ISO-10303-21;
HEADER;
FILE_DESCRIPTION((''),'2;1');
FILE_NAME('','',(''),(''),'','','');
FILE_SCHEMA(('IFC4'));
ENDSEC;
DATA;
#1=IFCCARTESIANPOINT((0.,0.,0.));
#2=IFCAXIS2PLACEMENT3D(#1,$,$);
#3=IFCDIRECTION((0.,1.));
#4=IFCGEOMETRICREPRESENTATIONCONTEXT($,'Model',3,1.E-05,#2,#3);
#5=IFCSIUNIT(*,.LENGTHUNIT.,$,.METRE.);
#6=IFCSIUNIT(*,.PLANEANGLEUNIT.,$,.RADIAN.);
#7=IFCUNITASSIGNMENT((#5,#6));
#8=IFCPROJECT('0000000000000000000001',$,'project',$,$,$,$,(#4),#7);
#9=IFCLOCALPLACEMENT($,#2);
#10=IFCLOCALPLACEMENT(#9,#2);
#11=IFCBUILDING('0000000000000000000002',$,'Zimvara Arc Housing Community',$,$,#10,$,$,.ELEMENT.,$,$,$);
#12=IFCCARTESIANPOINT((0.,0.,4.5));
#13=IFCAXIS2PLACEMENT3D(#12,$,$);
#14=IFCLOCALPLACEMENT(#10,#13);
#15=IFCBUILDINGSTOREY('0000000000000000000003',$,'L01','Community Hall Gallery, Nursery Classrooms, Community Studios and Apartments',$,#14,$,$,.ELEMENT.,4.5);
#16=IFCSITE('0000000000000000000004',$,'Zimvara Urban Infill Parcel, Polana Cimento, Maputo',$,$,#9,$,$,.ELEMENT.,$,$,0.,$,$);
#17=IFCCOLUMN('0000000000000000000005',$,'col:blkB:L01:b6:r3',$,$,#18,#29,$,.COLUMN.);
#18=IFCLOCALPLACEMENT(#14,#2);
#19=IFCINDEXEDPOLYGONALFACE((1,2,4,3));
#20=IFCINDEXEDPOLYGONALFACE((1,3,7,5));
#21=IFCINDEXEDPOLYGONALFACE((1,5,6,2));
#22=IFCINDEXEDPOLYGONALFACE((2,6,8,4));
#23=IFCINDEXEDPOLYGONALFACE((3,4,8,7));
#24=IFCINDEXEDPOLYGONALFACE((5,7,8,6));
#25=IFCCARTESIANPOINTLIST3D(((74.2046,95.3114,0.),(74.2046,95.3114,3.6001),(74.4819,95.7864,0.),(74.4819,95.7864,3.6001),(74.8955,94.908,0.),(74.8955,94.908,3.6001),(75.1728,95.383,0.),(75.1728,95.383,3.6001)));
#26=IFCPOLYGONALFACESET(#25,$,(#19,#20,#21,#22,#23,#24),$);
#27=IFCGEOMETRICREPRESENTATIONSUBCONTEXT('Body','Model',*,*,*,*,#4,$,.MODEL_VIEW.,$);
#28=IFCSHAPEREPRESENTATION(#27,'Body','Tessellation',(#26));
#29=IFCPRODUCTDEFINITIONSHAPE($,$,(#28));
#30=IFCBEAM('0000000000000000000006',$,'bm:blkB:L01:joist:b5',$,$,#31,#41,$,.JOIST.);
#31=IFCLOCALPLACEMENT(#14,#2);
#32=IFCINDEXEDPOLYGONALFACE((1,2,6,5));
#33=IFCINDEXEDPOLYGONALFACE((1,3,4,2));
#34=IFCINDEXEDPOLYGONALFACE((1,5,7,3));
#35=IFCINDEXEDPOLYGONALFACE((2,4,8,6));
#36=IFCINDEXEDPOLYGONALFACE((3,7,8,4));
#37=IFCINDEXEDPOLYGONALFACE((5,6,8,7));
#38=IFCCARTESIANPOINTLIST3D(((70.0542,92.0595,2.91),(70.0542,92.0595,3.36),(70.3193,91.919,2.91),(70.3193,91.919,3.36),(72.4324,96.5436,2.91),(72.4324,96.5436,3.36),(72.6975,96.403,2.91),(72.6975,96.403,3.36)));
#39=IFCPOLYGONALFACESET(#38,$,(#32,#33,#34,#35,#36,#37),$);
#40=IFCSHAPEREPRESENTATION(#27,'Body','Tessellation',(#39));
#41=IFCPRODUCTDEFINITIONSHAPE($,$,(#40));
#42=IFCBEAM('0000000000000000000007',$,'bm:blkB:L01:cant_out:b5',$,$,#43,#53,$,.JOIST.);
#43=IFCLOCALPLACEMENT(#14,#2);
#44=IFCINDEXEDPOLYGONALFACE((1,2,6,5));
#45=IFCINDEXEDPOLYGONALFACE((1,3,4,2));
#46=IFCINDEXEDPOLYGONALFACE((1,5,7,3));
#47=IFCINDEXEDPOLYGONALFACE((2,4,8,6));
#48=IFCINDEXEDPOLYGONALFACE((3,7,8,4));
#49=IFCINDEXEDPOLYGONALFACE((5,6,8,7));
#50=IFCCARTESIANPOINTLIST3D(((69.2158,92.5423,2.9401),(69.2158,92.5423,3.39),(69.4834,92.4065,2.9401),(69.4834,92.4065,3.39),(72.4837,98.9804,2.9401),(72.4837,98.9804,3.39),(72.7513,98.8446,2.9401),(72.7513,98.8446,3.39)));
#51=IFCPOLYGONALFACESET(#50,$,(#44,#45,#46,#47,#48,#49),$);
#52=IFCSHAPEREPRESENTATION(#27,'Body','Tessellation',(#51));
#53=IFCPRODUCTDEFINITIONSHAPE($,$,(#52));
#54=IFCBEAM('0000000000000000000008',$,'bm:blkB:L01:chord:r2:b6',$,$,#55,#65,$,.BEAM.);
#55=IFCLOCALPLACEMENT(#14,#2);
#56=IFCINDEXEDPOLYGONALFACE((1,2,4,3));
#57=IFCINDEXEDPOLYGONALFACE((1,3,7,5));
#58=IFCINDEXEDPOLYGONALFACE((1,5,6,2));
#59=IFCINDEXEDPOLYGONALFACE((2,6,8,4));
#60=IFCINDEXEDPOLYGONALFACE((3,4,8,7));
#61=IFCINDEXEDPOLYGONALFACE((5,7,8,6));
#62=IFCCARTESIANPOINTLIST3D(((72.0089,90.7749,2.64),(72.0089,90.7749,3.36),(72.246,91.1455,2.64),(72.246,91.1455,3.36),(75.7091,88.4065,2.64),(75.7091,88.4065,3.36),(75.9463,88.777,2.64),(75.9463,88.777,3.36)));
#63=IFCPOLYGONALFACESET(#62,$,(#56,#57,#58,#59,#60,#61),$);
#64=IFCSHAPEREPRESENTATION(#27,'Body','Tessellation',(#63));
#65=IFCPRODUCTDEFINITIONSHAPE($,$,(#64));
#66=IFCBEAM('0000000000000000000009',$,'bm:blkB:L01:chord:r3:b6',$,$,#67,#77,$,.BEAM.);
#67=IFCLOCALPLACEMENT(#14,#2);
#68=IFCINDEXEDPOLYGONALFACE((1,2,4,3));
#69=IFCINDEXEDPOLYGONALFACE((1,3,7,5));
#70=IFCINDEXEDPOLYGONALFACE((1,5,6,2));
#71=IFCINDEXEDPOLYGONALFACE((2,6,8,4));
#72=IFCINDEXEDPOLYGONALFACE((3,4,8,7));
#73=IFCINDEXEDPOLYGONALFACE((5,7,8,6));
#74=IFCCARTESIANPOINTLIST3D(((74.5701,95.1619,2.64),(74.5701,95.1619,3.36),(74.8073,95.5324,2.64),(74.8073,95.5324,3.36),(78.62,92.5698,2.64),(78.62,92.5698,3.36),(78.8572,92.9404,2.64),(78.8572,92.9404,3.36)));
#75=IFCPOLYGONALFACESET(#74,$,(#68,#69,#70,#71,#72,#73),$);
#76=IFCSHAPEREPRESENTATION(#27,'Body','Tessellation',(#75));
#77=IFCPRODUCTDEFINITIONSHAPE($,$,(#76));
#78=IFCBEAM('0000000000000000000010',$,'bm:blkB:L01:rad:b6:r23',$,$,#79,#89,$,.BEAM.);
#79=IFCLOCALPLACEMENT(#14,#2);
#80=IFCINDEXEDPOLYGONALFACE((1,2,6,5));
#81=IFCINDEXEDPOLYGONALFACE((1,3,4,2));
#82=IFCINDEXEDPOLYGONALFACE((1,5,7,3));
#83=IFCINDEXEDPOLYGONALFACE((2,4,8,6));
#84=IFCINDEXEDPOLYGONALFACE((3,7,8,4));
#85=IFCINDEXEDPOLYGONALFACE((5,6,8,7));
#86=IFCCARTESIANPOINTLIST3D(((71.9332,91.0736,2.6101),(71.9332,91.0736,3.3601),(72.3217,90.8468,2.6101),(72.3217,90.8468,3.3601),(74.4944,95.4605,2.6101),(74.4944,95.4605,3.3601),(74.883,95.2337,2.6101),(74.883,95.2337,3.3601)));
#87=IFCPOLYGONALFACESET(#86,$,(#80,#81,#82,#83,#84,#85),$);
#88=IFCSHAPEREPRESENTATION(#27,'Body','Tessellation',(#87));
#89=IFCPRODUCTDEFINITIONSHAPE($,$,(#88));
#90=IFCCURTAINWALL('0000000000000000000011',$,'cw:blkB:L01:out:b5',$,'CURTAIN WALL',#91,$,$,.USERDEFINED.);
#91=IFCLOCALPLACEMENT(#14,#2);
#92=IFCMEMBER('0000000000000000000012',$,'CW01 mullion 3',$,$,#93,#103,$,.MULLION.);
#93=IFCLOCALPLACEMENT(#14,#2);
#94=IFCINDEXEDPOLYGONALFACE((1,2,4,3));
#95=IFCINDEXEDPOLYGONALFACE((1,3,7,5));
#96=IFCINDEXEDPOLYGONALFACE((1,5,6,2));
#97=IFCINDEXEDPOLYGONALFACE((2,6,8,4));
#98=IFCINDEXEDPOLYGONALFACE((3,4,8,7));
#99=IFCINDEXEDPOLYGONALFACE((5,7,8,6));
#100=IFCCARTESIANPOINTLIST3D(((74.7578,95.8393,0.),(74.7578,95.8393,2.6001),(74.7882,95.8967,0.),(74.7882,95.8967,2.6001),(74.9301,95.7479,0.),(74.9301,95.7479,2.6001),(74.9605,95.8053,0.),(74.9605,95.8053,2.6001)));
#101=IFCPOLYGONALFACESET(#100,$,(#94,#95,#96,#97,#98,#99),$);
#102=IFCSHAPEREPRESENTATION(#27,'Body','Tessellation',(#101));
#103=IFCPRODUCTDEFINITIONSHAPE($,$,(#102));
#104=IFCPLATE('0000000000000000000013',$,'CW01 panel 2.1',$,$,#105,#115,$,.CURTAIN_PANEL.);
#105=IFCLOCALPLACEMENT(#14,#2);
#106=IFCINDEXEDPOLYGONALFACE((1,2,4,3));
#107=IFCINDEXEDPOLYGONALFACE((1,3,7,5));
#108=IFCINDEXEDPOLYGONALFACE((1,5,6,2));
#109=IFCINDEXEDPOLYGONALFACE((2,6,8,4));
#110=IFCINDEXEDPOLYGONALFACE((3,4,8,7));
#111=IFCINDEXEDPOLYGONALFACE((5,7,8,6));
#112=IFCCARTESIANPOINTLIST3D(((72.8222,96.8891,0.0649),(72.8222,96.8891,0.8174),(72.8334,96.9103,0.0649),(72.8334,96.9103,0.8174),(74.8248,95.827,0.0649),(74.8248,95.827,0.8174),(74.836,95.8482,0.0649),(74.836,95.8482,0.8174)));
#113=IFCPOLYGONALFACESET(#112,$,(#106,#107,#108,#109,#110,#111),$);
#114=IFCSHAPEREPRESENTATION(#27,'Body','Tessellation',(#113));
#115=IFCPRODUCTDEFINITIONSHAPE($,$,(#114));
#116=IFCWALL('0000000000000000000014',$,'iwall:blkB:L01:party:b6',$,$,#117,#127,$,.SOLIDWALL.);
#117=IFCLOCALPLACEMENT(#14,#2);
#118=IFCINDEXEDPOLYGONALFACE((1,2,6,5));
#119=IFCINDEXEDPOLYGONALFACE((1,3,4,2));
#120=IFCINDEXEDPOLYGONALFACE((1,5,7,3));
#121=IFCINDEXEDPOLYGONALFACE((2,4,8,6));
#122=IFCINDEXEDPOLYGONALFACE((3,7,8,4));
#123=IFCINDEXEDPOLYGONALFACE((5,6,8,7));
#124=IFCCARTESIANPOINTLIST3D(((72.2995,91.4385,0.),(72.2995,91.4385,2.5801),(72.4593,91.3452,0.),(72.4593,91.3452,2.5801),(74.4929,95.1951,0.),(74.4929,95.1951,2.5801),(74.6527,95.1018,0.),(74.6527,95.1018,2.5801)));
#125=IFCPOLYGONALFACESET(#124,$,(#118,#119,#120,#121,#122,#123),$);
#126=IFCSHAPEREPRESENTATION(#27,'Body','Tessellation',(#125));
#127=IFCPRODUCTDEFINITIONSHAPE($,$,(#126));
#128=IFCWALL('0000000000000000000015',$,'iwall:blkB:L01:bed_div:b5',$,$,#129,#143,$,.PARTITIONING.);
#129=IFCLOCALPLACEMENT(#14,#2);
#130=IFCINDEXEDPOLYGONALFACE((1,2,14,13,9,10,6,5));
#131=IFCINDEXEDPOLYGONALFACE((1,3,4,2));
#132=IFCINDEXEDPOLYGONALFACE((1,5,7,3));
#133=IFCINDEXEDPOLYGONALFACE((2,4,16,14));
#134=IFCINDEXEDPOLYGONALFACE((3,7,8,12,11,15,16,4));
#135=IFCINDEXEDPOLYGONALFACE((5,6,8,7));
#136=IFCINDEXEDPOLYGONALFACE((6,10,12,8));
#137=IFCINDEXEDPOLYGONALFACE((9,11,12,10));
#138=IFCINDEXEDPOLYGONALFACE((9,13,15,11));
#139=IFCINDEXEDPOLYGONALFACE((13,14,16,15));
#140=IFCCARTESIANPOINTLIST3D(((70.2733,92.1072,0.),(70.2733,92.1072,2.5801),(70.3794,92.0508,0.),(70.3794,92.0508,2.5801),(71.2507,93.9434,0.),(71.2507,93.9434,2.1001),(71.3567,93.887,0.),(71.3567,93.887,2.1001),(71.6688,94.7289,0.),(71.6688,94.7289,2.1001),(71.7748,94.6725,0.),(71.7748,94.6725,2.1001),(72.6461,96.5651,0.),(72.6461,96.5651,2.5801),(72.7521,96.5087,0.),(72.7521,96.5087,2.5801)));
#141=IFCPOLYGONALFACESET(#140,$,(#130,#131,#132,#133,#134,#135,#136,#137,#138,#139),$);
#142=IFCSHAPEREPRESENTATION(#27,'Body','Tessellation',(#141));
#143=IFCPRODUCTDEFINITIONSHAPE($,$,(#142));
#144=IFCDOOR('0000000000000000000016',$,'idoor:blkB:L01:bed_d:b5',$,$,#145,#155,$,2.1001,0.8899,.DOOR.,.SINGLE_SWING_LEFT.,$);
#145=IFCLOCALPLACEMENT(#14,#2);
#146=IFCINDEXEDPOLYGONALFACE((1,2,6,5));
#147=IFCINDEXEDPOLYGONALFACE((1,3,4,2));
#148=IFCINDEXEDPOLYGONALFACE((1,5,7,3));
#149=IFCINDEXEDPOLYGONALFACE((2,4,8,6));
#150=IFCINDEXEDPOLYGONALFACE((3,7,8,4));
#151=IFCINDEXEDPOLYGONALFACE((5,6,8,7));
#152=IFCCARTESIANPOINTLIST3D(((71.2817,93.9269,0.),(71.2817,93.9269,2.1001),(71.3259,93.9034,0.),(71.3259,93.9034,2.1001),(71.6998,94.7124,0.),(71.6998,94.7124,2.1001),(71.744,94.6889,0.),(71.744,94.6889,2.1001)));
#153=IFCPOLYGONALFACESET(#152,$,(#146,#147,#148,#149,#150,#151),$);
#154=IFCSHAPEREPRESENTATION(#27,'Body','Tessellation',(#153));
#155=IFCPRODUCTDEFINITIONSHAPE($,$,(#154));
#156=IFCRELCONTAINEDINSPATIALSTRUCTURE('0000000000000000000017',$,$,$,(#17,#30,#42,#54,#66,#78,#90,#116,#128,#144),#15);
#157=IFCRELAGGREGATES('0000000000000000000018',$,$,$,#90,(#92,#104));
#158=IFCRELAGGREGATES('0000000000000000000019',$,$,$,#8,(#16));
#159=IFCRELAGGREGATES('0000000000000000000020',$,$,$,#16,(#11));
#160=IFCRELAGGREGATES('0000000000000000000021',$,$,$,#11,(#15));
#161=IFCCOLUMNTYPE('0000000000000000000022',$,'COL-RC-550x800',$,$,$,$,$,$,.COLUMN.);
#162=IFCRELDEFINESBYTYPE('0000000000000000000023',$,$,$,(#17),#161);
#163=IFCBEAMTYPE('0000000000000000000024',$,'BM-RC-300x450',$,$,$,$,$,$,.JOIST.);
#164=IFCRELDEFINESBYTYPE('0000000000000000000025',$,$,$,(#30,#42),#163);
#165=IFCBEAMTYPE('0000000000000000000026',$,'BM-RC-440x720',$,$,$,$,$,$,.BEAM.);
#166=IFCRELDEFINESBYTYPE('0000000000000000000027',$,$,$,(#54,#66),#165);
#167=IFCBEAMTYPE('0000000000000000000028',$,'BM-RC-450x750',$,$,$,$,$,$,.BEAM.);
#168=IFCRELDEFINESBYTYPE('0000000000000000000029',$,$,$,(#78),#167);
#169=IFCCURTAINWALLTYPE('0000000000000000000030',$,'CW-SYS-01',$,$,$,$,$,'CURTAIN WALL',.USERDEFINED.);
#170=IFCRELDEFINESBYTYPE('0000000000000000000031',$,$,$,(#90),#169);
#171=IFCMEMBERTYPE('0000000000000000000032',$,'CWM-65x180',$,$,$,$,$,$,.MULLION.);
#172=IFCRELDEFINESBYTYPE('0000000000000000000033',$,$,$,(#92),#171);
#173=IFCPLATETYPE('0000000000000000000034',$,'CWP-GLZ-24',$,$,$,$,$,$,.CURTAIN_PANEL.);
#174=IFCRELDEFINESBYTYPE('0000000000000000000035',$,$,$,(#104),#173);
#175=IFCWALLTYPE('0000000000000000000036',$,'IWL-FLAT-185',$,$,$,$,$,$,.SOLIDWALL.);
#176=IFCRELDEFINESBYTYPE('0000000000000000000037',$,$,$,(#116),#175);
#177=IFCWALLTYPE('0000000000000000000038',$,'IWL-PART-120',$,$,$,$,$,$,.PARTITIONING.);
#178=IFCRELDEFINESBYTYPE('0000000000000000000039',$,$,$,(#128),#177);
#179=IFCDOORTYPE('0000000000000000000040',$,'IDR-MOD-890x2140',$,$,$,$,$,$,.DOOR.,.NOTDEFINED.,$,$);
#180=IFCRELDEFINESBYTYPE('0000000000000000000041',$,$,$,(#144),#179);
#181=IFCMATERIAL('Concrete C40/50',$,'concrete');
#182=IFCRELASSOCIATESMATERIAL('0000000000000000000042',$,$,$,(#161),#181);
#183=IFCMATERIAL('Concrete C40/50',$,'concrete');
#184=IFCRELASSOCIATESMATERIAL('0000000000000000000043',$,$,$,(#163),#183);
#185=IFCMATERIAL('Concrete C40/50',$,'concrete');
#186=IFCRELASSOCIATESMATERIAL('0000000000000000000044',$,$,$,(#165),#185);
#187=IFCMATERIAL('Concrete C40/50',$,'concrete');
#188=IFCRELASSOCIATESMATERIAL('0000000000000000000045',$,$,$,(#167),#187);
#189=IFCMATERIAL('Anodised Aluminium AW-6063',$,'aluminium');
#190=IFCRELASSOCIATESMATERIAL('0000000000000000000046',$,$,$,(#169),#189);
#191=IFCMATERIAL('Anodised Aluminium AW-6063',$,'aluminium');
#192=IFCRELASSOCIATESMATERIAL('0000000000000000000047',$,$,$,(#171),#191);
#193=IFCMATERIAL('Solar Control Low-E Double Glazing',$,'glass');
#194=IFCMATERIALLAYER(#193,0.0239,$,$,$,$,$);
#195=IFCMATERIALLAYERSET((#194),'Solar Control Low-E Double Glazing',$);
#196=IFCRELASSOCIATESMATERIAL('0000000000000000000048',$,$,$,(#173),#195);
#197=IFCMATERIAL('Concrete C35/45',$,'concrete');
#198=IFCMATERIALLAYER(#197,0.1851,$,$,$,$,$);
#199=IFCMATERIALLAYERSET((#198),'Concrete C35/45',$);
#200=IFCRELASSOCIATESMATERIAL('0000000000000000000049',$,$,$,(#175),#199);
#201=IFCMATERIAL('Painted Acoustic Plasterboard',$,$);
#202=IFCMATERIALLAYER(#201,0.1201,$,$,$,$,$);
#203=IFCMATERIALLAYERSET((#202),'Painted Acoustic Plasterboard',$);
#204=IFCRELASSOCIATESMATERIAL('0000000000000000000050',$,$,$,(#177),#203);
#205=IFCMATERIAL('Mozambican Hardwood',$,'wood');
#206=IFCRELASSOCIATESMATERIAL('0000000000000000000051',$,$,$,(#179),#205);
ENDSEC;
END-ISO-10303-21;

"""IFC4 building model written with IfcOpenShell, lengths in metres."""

from ifc_helpers import new_model, si_unit, direction, frame, frame_2d, origin, origin_2d, place, context, subcontext, project, spatial, rectangle, extrude, material, layer, layer_set, material_profile, profile_set, type_object, element, fill, aggregate, save


model = new_model("IFC4")

# Units and contexts
model_context = context("Model", 3, precision=1e-05, world=origin(), true_north=direction((0.0, 1.0)))
body_context = subcontext(model_context, "Body", "Model", "MODEL_VIEW")
ifc_project = project(units=[si_unit("LENGTHUNIT", "METRE"), si_unit("PLANEANGLEUNIT", "RADIAN")], contexts=[model_context])

# Site, building, storey
site_placement = place(None, origin())
site = spatial("IfcSite", under=ifc_project, at=site_placement, Name="Zimvara Urban Infill Parcel, Polana Cimento, Maputo", CompositionType="ELEMENT", RefElevation=0.0)
building_placement = place(site_placement, origin())
building = spatial("IfcBuilding", under=site, at=building_placement, Name="Zimvara Arc Housing Community", CompositionType="ELEMENT")
storey_placement = place(building_placement, frame((0.0, 0.0, 4.5)))
storey = spatial("IfcBuildingStorey", under=building, at=storey_placement, Name="L01", Description="Community Hall Gallery, Nursery Classrooms, Community Studios and Apartments", CompositionType="ELEMENT", Elevation=4.5)

# Column
ifc_material_1 = material(Name="Concrete C40/50", Category="concrete")
ifc_material_profile_1 = material_profile(ifc_material_1, rectangle(XDim=0.55, YDim=0.8, at=origin_2d()), Name="RC 550x800")
ifc_profile_set_1 = profile_set([ifc_material_profile_1], Name="Concrete C40/50")
column_type = type_object("IfcColumnType", Name="COL-RC-550x800", PredefinedType="COLUMN", material=ifc_profile_set_1)
column_placement = place(storey_placement, frame((74.6887, 95.3472, 0.0), z_axis=(0.0, 0.0, 1.0), x_axis=(0.504226, 0.863572, 0.0)))
element("IfcColumn", 1, at=column_placement, inside=storey, type_object=column_type, Name="col:blkB:L01:b6:r3", PredefinedType="COLUMN", context=body_context, shape_type="SweptSolid", body=[
    extrude(rectangle(XDim=0.55, YDim=0.8, at=origin_2d()), origin(), (0.0, 0.0, 1.0), 3.6001),
])

# Beams
ifc_material_2 = material(Name="Concrete C40/50", Category="concrete")
ifc_material_profile_2 = material_profile(ifc_material_2, rectangle(XDim=0.3, YDim=0.45, at=origin_2d()), Name="RC 300x450")
ifc_profile_set_2 = profile_set([ifc_material_profile_2], Name="Concrete C40/50")
beam_type_1 = type_object("IfcBeamType", Name="BM-RC-300x450", PredefinedType="JOIST", material=ifc_profile_set_2)
beam_1_placement = place(storey_placement, frame((70.1868, 91.9893, 3.135), z_axis=(0.468537, 0.883444, 0.0), x_axis=(-0.883444, 0.468537, 0.0)))
element("IfcBeam", 2, at=beam_1_placement, inside=storey, type_object=beam_type_1, Name="bm:blkB:L01:joist:b5", PredefinedType="JOIST", context=body_context, shape_type="SweptSolid", body=[
    extrude(rectangle(XDim=0.3, YDim=0.45, at=origin_2d()), origin(), (0.0, 0.0, 1.0), 5.0757),
])
beam_2_placement = place(storey_placement, frame((69.3496, 92.4744, 3.165), z_axis=(0.452616, 0.891706, 0.0), x_axis=(-0.891706, 0.452616, 0.0)))
element("IfcBeam", 3, at=beam_2_placement, inside=storey, type_object=beam_type_1, Name="bm:blkB:L01:cant_out:b5", PredefinedType="JOIST", context=body_context, shape_type="SweptSolid", body=[
    extrude(rectangle(XDim=0.3, YDim=0.45, at=origin_2d()), origin(), (0.0, 0.0, 1.0), 7.22),
])
ifc_material_3 = material(Name="Concrete C40/50", Category="concrete")
ifc_material_profile_3 = material_profile(ifc_material_3, rectangle(XDim=0.4399, YDim=0.72, at=origin_2d()), Name="RC 440x720")
ifc_profile_set_3 = profile_set([ifc_material_profile_3], Name="Concrete C40/50")
beam_type_2 = type_object("IfcBeamType", Name="BM-RC-440x720", PredefinedType="BEAM", material=ifc_profile_set_3)
beam_3_placement = place(storey_placement, frame((72.1274, 90.9602, 3.0), z_axis=(0.842242, -0.539099, 0.0), x_axis=(0.539099, 0.842242, 0.0)))
element("IfcBeam", 4, at=beam_3_placement, inside=storey, type_object=beam_type_2, Name="bm:blkB:L01:chord:r2:b6", PredefinedType="BEAM", context=body_context, shape_type="SweptSolid", body=[
    extrude(rectangle(XDim=0.4399, YDim=0.72, at=origin_2d()), origin(), (0.0, 0.0, 1.0), 4.3933),
])
beam_4_placement = place(storey_placement, frame((74.6887, 95.3472, 3.0), z_axis=(0.842256, -0.539078, 0.0), x_axis=(0.539078, 0.842256, 0.0)))
element("IfcBeam", 5, at=beam_4_placement, inside=storey, type_object=beam_type_2, Name="bm:blkB:L01:chord:r3:b6", PredefinedType="BEAM", context=body_context, shape_type="SweptSolid", body=[
    extrude(rectangle(XDim=0.4399, YDim=0.72, at=origin_2d()), origin(), (0.0, 0.0, 1.0), 4.8083),
])
ifc_material_4 = material(Name="Concrete C40/50", Category="concrete")
ifc_material_profile_4 = material_profile(ifc_material_4, rectangle(XDim=0.45, YDim=0.75, at=origin_2d()), Name="RC 450x750")
ifc_profile_set_4 = profile_set([ifc_material_profile_4], Name="Concrete C40/50")
beam_type_3 = type_object("IfcBeamType", Name="BM-RC-450x750", PredefinedType="BEAM", material=ifc_profile_set_4)
beam_5_placement = place(storey_placement, frame((72.1274, 90.9602, 2.9851), z_axis=(0.504197, 0.863589, 0.0), x_axis=(-0.863589, 0.504197, 0.0)))
element("IfcBeam", 6, at=beam_5_placement, inside=storey, type_object=beam_type_3, Name="bm:blkB:L01:rad:b6:r23", PredefinedType="BEAM", context=body_context, shape_type="SweptSolid", body=[
    extrude(rectangle(XDim=0.45, YDim=0.75, at=origin_2d()), origin(), (0.0, 0.0, 1.0), 5.0798),
])

# Curtain wall, member, plate
ifc_material_5 = material(Name="Anodised Aluminium AW-6063", Category="aluminium")
curtain_wall_type = type_object("IfcCurtainWallType", Name="CW-SYS-01", ElementType="CURTAIN WALL", PredefinedType="USERDEFINED", material=ifc_material_5)
curtain_wall_placement = place(storey_placement, origin())
curtain_wall = element("IfcCurtainWall", 7, at=curtain_wall_placement, inside=storey, type_object=curtain_wall_type, Name="cw:blkB:L01:out:b5", ObjectType="CURTAIN WALL", PredefinedType="USERDEFINED")
ifc_material_6 = material(Name="Anodised Aluminium AW-6063", Category="aluminium")
ifc_material_profile_5 = material_profile(ifc_material_6, rectangle(XDim=0.0649, YDim=0.1951, at=origin_2d()), Name="ALU 65x195")
ifc_profile_set_5 = profile_set([ifc_material_profile_5], Name="Anodised Aluminium AW-6063")
member_type = type_object("IfcMemberType", Name="CWM-65x180", PredefinedType="MULLION", material=ifc_profile_set_5)
member_placement = place(storey_placement, frame((74.8591, 95.8223, 0.0), z_axis=(0.0, 0.0, 1.0), x_axis=(0.468547, 0.883439, 0.0)))
member = element("IfcMember", 8, at=member_placement, type_object=member_type, Name="CW01 mullion 3", PredefinedType="MULLION", context=body_context, shape_type="SweptSolid", body=[
    extrude(rectangle(XDim=0.0649, YDim=0.1951, at=origin_2d()), origin(), (0.0, 0.0, 1.0), 2.6001),
])
ifc_material_7 = material(Name="Solar Control Low-E Double Glazing", Category="glass")
ifc_layer_1 = layer(ifc_material_7, 0.0239)
ifc_layer_set_1 = layer_set([ifc_layer_1], Name="Solar Control Low-E Double Glazing")
plate_type = type_object("IfcPlateType", Name="CWP-GLZ-24", PredefinedType="CURTAIN_PANEL", material=ifc_layer_set_1)
plate_placement = place(storey_placement, frame((73.8291, 96.3687, 0.0649), z_axis=(0.0, 0.0, 1.0), x_axis=(0.883439, -0.468547, 0.0)))
plate = element("IfcPlate", 9, at=plate_placement, type_object=plate_type, Name="CW01 panel 2.1", PredefinedType="CURTAIN_PANEL", context=body_context, shape_type="SweptSolid", body=[
    extrude(rectangle(XDim=2.2668, YDim=0.0239, at=origin_2d()), origin(), (0.0, 0.0, 1.0), 0.7524),
])
aggregate(curtain_wall, [member, plate])

# Wall
ifc_material_8 = material(Name="Concrete C35/45", Category="concrete")
ifc_layer_2 = layer(ifc_material_8, 0.1851)
ifc_layer_set_2 = layer_set([ifc_layer_2], Name="Concrete C35/45")
wall_type_1 = type_object("IfcWallType", Name="IWL-FLAT-185", PredefinedType="SOLIDWALL", material=ifc_layer_set_2)
wall_1_placement = place(storey_placement, frame((72.3794, 91.3918, 0.0), z_axis=(0.0, 0.0, 1.0), x_axis=(0.504216, 0.863577, 0.0)))
element("IfcWall", 10, at=wall_1_placement, inside=storey, type_object=wall_type_1, Name="iwall:blkB:L01:party:b6", PredefinedType="SOLIDWALL", context=body_context, shape_type="SweptSolid", body=[
    extrude(rectangle(XDim=4.3501, YDim=0.1851, at=frame_2d((2.175, 0.0))), origin(), (0.0, 0.0, 1.0), 2.5801),
])

# Wall, opening, door
ifc_material_9 = material(Name="Painted Acoustic Plasterboard")
ifc_layer_3 = layer(ifc_material_9, 0.1201)
ifc_layer_set_3 = layer_set([ifc_layer_3], Name="Painted Acoustic Plasterboard")
wall_type_2 = type_object("IfcWallType", Name="IWL-PART-120", PredefinedType="PARTITIONING", material=ifc_layer_set_3)
wall_2_placement = place(storey_placement, frame((70.3264, 92.0791, 0.0), z_axis=(0.0, 0.0, 1.0), x_axis=(0.469848, 0.882747, 0.0)))
wall_2 = element("IfcWall", 11, at=wall_2_placement, inside=storey, type_object=wall_type_2, Name="iwall:blkB:L01:bed_div:b5", PredefinedType="PARTITIONING", context=body_context, shape_type="SweptSolid", body=[
    extrude(rectangle(XDim=5.05, YDim=0.1201, at=frame_2d((2.5249, 0.0))), origin(), (0.0, 0.0, 1.0), 2.5801),
])
opening_1_placement = place(wall_2_placement, frame((2.0801, 0.0, 0.0)))
opening_1 = element("IfcOpeningElement", 12, at=opening_1_placement, cuts=wall_2, PredefinedType="OPENING", context=body_context, shape_type="SweptSolid", body=[
    extrude(rectangle(XDim=0.8899, YDim=2.1001, at=frame_2d((0.4448, 1.05))), frame((0.0, 0.0701, 0.0), z_axis=(0.0, -1.0, 0.0), x_axis=(1.0, 0.0, 0.0)), (0.0, 0.0, 1.0), 0.1401),
])
ifc_material_10 = material(Name="Mozambican Hardwood", Category="wood")
door_type_1 = type_object("IfcDoorType", Name="IDR-MOD-890x2140", OperationType="NOTDEFINED", PredefinedType="DOOR", material=ifc_material_10)
door_1_placement = place(opening_1_placement, origin())
door_1 = element("IfcDoor", 13, at=door_1_placement, inside=storey, type_object=door_type_1, Name="idoor:blkB:L01:bed_d:b5", OperationType="SINGLE_SWING_LEFT", OverallHeight=2.1001, OverallWidth=0.8899, PredefinedType="DOOR", context=body_context, shape_type="SweptSolid", body=[
    extrude(rectangle(XDim=0.8899, YDim=2.1001, at=frame_2d((0.4448, 1.05))), frame((0.0, 0.0249, 0.0), z_axis=(0.0, -1.0, 0.0), x_axis=(1.0, 0.0, 0.0)), (0.0, 0.0, 1.0), 0.05),
])
fill(opening_1, door_1)

save(model, "model.ifc")
